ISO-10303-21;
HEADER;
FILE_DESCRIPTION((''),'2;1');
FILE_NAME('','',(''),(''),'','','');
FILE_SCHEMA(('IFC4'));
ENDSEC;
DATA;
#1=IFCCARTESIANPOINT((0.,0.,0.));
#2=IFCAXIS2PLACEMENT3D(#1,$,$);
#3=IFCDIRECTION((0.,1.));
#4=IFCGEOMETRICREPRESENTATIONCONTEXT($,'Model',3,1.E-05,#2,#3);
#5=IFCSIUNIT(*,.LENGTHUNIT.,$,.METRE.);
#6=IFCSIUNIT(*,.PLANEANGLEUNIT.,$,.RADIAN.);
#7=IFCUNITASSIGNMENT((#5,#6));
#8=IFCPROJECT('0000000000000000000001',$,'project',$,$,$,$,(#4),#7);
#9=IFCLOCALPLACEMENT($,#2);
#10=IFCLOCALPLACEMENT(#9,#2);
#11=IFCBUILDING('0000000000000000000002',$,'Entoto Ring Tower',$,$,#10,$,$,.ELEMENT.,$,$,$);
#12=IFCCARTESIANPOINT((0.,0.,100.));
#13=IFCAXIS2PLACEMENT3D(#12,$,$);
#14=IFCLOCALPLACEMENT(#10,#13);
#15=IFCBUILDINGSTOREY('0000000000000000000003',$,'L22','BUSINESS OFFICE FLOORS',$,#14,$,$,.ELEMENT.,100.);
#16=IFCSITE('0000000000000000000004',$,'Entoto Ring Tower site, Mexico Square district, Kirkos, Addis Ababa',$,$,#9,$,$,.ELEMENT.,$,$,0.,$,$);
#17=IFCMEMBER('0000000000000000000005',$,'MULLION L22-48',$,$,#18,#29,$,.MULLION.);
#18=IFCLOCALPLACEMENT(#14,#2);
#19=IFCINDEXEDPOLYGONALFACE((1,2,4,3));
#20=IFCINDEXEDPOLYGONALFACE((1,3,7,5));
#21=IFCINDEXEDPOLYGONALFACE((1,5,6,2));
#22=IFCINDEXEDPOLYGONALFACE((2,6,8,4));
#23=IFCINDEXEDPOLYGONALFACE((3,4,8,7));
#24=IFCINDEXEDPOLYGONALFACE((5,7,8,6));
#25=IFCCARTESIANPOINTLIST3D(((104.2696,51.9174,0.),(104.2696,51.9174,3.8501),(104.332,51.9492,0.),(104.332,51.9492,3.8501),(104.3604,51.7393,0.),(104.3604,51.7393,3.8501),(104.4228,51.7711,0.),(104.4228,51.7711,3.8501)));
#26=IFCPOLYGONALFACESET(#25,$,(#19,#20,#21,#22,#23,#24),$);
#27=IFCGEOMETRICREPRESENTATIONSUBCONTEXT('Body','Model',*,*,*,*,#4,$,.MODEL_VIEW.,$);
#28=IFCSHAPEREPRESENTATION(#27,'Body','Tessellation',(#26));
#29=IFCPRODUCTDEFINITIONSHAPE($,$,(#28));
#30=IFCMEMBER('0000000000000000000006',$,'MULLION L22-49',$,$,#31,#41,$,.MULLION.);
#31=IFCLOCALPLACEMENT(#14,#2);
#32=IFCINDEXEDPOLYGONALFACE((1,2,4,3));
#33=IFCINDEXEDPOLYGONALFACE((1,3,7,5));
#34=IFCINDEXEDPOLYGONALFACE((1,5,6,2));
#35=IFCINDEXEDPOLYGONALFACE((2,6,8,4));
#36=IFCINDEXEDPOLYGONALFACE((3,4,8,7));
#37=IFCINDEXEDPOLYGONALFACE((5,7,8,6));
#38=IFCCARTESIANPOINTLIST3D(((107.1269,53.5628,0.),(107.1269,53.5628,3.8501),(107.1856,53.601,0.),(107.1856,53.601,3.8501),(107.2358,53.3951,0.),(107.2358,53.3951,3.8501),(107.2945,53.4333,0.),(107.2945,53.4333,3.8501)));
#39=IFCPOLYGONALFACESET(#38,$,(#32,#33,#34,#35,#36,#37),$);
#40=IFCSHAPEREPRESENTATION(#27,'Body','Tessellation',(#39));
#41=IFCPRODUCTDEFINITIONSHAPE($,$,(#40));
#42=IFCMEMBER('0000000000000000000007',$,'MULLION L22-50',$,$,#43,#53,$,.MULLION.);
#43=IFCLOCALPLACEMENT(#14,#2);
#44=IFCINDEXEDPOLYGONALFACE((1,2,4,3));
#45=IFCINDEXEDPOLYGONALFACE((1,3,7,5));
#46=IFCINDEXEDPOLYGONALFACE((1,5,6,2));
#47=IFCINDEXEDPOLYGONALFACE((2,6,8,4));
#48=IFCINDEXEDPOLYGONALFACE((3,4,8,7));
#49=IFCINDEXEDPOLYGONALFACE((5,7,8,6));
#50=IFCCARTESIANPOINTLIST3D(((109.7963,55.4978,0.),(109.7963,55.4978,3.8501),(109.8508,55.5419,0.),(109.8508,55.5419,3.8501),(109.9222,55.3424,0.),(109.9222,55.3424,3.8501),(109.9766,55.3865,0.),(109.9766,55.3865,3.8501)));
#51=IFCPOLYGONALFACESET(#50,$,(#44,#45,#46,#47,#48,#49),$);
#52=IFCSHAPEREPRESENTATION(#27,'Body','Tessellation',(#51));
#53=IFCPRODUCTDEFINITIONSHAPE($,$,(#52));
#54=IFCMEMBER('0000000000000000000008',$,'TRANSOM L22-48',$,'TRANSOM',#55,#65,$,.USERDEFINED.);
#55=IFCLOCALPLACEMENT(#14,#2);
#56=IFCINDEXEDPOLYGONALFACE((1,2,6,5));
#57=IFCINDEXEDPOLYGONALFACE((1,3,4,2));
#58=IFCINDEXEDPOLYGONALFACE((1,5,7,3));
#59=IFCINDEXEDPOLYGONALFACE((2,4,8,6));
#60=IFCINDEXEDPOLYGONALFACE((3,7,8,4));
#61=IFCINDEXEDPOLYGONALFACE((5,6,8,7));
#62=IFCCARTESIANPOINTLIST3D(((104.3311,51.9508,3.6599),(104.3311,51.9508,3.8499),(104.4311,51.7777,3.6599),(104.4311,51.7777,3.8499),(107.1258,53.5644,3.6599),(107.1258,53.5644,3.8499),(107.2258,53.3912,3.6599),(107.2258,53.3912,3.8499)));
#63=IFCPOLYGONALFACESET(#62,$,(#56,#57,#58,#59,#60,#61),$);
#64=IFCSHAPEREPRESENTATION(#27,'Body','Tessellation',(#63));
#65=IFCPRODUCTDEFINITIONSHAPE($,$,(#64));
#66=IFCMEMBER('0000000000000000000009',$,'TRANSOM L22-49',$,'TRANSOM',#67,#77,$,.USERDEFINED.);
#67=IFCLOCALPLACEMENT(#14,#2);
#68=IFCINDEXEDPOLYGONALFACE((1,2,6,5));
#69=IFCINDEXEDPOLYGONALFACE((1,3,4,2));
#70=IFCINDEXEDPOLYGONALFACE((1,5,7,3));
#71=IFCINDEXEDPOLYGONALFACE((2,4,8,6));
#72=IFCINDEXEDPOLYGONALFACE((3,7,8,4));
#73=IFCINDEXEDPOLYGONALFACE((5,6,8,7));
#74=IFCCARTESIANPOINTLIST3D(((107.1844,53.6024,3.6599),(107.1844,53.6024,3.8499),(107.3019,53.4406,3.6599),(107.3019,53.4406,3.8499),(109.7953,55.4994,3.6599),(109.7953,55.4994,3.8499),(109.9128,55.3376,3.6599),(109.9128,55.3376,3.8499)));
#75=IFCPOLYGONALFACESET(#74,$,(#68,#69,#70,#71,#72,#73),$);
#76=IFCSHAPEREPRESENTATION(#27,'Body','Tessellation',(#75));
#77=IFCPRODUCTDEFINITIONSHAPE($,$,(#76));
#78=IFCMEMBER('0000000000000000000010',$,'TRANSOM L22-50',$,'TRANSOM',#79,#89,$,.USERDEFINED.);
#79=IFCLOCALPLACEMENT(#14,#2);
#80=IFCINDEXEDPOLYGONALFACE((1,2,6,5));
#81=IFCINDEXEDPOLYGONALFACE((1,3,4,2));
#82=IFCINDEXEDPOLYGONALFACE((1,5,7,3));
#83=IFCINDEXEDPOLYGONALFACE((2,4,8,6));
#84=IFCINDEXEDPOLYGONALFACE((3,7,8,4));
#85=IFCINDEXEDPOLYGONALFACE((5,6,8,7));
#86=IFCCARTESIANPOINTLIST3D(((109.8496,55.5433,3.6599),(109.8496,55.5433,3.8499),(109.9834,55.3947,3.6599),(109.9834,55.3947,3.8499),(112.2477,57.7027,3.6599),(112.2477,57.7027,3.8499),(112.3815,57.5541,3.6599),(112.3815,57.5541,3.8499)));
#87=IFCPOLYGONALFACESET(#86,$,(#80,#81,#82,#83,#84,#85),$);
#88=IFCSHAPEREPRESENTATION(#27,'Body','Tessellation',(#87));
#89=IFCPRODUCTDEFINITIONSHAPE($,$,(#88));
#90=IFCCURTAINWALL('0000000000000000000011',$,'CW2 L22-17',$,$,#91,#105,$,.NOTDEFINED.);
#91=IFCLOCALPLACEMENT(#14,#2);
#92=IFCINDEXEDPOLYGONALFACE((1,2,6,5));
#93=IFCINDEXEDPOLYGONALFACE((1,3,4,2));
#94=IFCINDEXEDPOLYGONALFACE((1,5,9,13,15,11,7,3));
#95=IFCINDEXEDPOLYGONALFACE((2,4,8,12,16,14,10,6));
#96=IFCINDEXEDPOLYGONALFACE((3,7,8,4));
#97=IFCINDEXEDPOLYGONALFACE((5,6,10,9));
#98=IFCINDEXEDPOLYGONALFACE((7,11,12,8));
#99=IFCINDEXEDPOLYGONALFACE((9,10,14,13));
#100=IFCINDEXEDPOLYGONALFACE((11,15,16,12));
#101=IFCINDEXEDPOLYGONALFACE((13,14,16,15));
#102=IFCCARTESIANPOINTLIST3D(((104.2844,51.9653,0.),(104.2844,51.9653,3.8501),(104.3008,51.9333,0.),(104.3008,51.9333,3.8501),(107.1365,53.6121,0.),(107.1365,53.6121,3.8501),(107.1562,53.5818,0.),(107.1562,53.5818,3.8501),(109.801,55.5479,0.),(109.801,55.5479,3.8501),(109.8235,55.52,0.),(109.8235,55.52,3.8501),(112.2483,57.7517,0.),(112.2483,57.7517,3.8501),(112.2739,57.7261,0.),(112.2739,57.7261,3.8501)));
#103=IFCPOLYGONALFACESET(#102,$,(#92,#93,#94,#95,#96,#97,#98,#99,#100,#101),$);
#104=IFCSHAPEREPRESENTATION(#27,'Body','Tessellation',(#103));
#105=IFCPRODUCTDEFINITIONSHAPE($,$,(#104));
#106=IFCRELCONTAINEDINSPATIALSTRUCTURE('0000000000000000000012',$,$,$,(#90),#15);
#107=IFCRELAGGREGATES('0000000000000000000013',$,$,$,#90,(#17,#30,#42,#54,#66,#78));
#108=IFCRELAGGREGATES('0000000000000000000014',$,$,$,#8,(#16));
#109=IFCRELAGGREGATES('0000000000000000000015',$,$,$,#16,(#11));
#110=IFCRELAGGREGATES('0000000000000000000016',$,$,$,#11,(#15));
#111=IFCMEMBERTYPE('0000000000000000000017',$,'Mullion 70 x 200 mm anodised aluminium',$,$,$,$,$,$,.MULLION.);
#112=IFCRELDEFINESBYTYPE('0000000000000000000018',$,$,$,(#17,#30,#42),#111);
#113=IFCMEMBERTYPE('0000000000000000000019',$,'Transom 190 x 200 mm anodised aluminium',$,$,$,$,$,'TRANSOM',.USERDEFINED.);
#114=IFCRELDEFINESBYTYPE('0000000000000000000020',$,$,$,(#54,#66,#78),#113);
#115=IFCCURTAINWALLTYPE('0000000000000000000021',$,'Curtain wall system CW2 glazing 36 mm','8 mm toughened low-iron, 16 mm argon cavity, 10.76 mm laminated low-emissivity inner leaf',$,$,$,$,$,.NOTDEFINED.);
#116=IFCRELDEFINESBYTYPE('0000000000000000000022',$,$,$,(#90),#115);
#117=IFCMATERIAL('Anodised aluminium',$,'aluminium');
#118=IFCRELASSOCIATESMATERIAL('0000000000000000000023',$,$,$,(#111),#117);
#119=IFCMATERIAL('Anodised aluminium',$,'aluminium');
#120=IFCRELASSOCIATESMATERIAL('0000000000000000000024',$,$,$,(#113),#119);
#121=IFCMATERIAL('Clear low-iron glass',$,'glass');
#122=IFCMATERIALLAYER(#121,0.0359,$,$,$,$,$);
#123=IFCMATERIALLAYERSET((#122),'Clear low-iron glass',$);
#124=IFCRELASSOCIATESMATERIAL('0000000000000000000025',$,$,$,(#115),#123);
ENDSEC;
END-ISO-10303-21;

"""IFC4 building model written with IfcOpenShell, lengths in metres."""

from ifc_helpers import new_model, si_unit, direction, frame, origin, origin_2d, place, context, subcontext, project, spatial, polyline, rectangle, outline, extrude, material, layer, layer_set, material_profile, profile_set, type_object, element, aggregate, save


model = new_model("IFC4")

# Units and contexts
model_context = context("Model", 3, precision=1e-05, world=origin(), true_north=direction((0.0, 1.0)))
body_context = subcontext(model_context, "Body", "Model", "MODEL_VIEW")
ifc_project = project(units=[si_unit("LENGTHUNIT", "METRE"), si_unit("PLANEANGLEUNIT", "RADIAN")], contexts=[model_context])

# Members
ifc_material_1 = material(Name="Anodised aluminium", Category="aluminium")
ifc_material_profile_1 = material_profile(ifc_material_1, rectangle(XDim=0.0701, YDim=0.2, at=origin_2d()), Name="Mullion 70 x 200 mm anodised aluminium")
ifc_profile_set_1 = profile_set([ifc_material_profile_1], Name="Anodised aluminium")
member_type_1 = type_object("IfcMemberType", Name="Mullion 70 x 200 mm anodised aluminium", PredefinedType="MULLION", material=ifc_profile_set_1)
site_placement = place(None, origin())
building_placement = place(site_placement, origin())
storey_placement = place(building_placement, frame((0.0, 0.0, 100.0)))
member_1_placement = place(storey_placement, frame((104.3462, 51.8442, 0.0), z_axis=(0.0, 0.0, 1.0), x_axis=(0.891007, 0.45399, 0.0)))
member_1 = element("IfcMember", 1, at=member_1_placement, type_object=member_type_1, Name="MULLION L22-48", PredefinedType="MULLION", context=body_context, shape_type="SweptSolid", body=[
    extrude(rectangle(XDim=0.0701, YDim=0.2, at=origin_2d()), origin(), (0.0, 0.0, 1.0), 3.8501),
])
member_2_placement = place(storey_placement, frame((107.2107, 53.498, 0.0), z_axis=(0.0, 0.0, 1.0), x_axis=(0.838671, 0.544639, 0.0)))
member_2 = element("IfcMember", 2, at=member_2_placement, type_object=member_type_1, Name="MULLION L22-49", PredefinedType="MULLION", context=body_context, shape_type="SweptSolid", body=[
    extrude(rectangle(XDim=0.0701, YDim=0.2, at=origin_2d()), origin(), (0.0, 0.0, 1.0), 3.8501),
])
member_3_placement = place(storey_placement, frame((109.8865, 55.4421, 0.0), z_axis=(0.0, 0.0, 1.0), x_axis=(0.777146, 0.62932, 0.0)))
member_3 = element("IfcMember", 3, at=member_3_placement, type_object=member_type_1, Name="MULLION L22-50", PredefinedType="MULLION", context=body_context, shape_type="SweptSolid", body=[
    extrude(rectangle(XDim=0.0701, YDim=0.2, at=origin_2d()), origin(), (0.0, 0.0, 1.0), 3.8501),
])
ifc_material_2 = material(Name="Anodised aluminium", Category="aluminium")
ifc_material_profile_2 = material_profile(ifc_material_2, rectangle(XDim=0.2, YDim=0.1899, at=origin_2d()), Name="Transom 190 x 200 mm anodised aluminium")
ifc_profile_set_2 = profile_set([ifc_material_profile_2], Name="Anodised aluminium")
member_type_2 = type_object("IfcMemberType", Name="Transom 190 x 200 mm anodised aluminium", ElementType="TRANSOM", PredefinedType="USERDEFINED", material=ifc_profile_set_2)
member_4_placement = place(storey_placement, frame((104.3811, 51.8643, 3.7549), z_axis=(0.866023, 0.500004, 0.0), x_axis=(-0.500004, 0.866023, 0.0)))
member_4 = element("IfcMember", 4, at=member_4_placement, type_object=member_type_2, Name="TRANSOM L22-48", ObjectType="TRANSOM", PredefinedType="USERDEFINED", context=body_context, shape_type="SweptSolid", body=[
    extrude(rectangle(XDim=0.2, YDim=0.1899, at=origin_2d()), origin(), (0.0, 0.0, 1.0), 3.2271),
])
member_5_placement = place(storey_placement, frame((107.2432, 53.5215, 3.7549), z_axis=(0.809004, 0.587803, 0.0), x_axis=(-0.587803, 0.809004, 0.0)))
member_5 = element("IfcMember", 5, at=member_5_placement, type_object=member_type_2, Name="TRANSOM L22-49", ObjectType="TRANSOM", PredefinedType="USERDEFINED", context=body_context, shape_type="SweptSolid", body=[
    extrude(rectangle(XDim=0.2, YDim=0.1899, at=origin_2d()), origin(), (0.0, 0.0, 1.0), 3.2273),
])
member_6_placement = place(storey_placement, frame((109.9165, 55.469, 3.7549), z_axis=(0.743132, 0.669144, 0.0), x_axis=(-0.669144, 0.743132, 0.0)))
member_6 = element("IfcMember", 6, at=member_6_placement, type_object=member_type_2, Name="TRANSOM L22-50", ObjectType="TRANSOM", PredefinedType="USERDEFINED", context=body_context, shape_type="SweptSolid", body=[
    extrude(rectangle(XDim=0.2, YDim=0.1899, at=origin_2d()), origin(), (0.0, 0.0, 1.0), 3.2271),
])

# Site, building, storey
site = spatial("IfcSite", under=ifc_project, at=site_placement, Name="Entoto Ring Tower site, Mexico Square district, Kirkos, Addis Ababa", CompositionType="ELEMENT", RefElevation=0.0)
building = spatial("IfcBuilding", under=site, at=building_placement, Name="Entoto Ring Tower", CompositionType="ELEMENT")
storey = spatial("IfcBuildingStorey", under=building, at=storey_placement, Name="L22", Description="BUSINESS OFFICE FLOORS", CompositionType="ELEMENT", Elevation=100.0)

# Curtain wall
ifc_material_3 = material(Name="Clear low-iron glass", Category="glass")
ifc_layer_1 = layer(ifc_material_3, 0.0359)
ifc_layer_set_1 = layer_set([ifc_layer_1], Name="Clear low-iron glass")
curtain_wall_type = type_object("IfcCurtainWallType", Name="Curtain wall system CW2 glazing 36 mm", Description="8 mm toughened low-iron, 16 mm argon cavity, 10.76 mm laminated low-emissivity inner leaf", PredefinedType="NOTDEFINED", material=ifc_layer_set_1)
curtain_wall_1_placement = place(storey_placement, origin())
curtain_wall_1 = element("IfcCurtainWall", 7, at=curtain_wall_1_placement, inside=storey, type_object=curtain_wall_type, Name="CW2 L22-17", PredefinedType="NOTDEFINED", context=body_context, shape_type="SweptSolid", body=[
    extrude(outline(polyline([(104.3008, 51.9333), (107.1562, 53.5818), (109.8235, 55.52), (112.2739, 57.7261), (112.2483, 57.7517), (109.801, 55.5479), (107.1365, 53.6121), (104.2844, 51.9653), (104.3008, 51.9333)])), origin(), (0.0, 0.0, 1.0), 3.8501),
])
aggregate(curtain_wall_1, [member_1, member_2, member_3, member_4, member_5, member_6])

save(model, "model.ifc")
